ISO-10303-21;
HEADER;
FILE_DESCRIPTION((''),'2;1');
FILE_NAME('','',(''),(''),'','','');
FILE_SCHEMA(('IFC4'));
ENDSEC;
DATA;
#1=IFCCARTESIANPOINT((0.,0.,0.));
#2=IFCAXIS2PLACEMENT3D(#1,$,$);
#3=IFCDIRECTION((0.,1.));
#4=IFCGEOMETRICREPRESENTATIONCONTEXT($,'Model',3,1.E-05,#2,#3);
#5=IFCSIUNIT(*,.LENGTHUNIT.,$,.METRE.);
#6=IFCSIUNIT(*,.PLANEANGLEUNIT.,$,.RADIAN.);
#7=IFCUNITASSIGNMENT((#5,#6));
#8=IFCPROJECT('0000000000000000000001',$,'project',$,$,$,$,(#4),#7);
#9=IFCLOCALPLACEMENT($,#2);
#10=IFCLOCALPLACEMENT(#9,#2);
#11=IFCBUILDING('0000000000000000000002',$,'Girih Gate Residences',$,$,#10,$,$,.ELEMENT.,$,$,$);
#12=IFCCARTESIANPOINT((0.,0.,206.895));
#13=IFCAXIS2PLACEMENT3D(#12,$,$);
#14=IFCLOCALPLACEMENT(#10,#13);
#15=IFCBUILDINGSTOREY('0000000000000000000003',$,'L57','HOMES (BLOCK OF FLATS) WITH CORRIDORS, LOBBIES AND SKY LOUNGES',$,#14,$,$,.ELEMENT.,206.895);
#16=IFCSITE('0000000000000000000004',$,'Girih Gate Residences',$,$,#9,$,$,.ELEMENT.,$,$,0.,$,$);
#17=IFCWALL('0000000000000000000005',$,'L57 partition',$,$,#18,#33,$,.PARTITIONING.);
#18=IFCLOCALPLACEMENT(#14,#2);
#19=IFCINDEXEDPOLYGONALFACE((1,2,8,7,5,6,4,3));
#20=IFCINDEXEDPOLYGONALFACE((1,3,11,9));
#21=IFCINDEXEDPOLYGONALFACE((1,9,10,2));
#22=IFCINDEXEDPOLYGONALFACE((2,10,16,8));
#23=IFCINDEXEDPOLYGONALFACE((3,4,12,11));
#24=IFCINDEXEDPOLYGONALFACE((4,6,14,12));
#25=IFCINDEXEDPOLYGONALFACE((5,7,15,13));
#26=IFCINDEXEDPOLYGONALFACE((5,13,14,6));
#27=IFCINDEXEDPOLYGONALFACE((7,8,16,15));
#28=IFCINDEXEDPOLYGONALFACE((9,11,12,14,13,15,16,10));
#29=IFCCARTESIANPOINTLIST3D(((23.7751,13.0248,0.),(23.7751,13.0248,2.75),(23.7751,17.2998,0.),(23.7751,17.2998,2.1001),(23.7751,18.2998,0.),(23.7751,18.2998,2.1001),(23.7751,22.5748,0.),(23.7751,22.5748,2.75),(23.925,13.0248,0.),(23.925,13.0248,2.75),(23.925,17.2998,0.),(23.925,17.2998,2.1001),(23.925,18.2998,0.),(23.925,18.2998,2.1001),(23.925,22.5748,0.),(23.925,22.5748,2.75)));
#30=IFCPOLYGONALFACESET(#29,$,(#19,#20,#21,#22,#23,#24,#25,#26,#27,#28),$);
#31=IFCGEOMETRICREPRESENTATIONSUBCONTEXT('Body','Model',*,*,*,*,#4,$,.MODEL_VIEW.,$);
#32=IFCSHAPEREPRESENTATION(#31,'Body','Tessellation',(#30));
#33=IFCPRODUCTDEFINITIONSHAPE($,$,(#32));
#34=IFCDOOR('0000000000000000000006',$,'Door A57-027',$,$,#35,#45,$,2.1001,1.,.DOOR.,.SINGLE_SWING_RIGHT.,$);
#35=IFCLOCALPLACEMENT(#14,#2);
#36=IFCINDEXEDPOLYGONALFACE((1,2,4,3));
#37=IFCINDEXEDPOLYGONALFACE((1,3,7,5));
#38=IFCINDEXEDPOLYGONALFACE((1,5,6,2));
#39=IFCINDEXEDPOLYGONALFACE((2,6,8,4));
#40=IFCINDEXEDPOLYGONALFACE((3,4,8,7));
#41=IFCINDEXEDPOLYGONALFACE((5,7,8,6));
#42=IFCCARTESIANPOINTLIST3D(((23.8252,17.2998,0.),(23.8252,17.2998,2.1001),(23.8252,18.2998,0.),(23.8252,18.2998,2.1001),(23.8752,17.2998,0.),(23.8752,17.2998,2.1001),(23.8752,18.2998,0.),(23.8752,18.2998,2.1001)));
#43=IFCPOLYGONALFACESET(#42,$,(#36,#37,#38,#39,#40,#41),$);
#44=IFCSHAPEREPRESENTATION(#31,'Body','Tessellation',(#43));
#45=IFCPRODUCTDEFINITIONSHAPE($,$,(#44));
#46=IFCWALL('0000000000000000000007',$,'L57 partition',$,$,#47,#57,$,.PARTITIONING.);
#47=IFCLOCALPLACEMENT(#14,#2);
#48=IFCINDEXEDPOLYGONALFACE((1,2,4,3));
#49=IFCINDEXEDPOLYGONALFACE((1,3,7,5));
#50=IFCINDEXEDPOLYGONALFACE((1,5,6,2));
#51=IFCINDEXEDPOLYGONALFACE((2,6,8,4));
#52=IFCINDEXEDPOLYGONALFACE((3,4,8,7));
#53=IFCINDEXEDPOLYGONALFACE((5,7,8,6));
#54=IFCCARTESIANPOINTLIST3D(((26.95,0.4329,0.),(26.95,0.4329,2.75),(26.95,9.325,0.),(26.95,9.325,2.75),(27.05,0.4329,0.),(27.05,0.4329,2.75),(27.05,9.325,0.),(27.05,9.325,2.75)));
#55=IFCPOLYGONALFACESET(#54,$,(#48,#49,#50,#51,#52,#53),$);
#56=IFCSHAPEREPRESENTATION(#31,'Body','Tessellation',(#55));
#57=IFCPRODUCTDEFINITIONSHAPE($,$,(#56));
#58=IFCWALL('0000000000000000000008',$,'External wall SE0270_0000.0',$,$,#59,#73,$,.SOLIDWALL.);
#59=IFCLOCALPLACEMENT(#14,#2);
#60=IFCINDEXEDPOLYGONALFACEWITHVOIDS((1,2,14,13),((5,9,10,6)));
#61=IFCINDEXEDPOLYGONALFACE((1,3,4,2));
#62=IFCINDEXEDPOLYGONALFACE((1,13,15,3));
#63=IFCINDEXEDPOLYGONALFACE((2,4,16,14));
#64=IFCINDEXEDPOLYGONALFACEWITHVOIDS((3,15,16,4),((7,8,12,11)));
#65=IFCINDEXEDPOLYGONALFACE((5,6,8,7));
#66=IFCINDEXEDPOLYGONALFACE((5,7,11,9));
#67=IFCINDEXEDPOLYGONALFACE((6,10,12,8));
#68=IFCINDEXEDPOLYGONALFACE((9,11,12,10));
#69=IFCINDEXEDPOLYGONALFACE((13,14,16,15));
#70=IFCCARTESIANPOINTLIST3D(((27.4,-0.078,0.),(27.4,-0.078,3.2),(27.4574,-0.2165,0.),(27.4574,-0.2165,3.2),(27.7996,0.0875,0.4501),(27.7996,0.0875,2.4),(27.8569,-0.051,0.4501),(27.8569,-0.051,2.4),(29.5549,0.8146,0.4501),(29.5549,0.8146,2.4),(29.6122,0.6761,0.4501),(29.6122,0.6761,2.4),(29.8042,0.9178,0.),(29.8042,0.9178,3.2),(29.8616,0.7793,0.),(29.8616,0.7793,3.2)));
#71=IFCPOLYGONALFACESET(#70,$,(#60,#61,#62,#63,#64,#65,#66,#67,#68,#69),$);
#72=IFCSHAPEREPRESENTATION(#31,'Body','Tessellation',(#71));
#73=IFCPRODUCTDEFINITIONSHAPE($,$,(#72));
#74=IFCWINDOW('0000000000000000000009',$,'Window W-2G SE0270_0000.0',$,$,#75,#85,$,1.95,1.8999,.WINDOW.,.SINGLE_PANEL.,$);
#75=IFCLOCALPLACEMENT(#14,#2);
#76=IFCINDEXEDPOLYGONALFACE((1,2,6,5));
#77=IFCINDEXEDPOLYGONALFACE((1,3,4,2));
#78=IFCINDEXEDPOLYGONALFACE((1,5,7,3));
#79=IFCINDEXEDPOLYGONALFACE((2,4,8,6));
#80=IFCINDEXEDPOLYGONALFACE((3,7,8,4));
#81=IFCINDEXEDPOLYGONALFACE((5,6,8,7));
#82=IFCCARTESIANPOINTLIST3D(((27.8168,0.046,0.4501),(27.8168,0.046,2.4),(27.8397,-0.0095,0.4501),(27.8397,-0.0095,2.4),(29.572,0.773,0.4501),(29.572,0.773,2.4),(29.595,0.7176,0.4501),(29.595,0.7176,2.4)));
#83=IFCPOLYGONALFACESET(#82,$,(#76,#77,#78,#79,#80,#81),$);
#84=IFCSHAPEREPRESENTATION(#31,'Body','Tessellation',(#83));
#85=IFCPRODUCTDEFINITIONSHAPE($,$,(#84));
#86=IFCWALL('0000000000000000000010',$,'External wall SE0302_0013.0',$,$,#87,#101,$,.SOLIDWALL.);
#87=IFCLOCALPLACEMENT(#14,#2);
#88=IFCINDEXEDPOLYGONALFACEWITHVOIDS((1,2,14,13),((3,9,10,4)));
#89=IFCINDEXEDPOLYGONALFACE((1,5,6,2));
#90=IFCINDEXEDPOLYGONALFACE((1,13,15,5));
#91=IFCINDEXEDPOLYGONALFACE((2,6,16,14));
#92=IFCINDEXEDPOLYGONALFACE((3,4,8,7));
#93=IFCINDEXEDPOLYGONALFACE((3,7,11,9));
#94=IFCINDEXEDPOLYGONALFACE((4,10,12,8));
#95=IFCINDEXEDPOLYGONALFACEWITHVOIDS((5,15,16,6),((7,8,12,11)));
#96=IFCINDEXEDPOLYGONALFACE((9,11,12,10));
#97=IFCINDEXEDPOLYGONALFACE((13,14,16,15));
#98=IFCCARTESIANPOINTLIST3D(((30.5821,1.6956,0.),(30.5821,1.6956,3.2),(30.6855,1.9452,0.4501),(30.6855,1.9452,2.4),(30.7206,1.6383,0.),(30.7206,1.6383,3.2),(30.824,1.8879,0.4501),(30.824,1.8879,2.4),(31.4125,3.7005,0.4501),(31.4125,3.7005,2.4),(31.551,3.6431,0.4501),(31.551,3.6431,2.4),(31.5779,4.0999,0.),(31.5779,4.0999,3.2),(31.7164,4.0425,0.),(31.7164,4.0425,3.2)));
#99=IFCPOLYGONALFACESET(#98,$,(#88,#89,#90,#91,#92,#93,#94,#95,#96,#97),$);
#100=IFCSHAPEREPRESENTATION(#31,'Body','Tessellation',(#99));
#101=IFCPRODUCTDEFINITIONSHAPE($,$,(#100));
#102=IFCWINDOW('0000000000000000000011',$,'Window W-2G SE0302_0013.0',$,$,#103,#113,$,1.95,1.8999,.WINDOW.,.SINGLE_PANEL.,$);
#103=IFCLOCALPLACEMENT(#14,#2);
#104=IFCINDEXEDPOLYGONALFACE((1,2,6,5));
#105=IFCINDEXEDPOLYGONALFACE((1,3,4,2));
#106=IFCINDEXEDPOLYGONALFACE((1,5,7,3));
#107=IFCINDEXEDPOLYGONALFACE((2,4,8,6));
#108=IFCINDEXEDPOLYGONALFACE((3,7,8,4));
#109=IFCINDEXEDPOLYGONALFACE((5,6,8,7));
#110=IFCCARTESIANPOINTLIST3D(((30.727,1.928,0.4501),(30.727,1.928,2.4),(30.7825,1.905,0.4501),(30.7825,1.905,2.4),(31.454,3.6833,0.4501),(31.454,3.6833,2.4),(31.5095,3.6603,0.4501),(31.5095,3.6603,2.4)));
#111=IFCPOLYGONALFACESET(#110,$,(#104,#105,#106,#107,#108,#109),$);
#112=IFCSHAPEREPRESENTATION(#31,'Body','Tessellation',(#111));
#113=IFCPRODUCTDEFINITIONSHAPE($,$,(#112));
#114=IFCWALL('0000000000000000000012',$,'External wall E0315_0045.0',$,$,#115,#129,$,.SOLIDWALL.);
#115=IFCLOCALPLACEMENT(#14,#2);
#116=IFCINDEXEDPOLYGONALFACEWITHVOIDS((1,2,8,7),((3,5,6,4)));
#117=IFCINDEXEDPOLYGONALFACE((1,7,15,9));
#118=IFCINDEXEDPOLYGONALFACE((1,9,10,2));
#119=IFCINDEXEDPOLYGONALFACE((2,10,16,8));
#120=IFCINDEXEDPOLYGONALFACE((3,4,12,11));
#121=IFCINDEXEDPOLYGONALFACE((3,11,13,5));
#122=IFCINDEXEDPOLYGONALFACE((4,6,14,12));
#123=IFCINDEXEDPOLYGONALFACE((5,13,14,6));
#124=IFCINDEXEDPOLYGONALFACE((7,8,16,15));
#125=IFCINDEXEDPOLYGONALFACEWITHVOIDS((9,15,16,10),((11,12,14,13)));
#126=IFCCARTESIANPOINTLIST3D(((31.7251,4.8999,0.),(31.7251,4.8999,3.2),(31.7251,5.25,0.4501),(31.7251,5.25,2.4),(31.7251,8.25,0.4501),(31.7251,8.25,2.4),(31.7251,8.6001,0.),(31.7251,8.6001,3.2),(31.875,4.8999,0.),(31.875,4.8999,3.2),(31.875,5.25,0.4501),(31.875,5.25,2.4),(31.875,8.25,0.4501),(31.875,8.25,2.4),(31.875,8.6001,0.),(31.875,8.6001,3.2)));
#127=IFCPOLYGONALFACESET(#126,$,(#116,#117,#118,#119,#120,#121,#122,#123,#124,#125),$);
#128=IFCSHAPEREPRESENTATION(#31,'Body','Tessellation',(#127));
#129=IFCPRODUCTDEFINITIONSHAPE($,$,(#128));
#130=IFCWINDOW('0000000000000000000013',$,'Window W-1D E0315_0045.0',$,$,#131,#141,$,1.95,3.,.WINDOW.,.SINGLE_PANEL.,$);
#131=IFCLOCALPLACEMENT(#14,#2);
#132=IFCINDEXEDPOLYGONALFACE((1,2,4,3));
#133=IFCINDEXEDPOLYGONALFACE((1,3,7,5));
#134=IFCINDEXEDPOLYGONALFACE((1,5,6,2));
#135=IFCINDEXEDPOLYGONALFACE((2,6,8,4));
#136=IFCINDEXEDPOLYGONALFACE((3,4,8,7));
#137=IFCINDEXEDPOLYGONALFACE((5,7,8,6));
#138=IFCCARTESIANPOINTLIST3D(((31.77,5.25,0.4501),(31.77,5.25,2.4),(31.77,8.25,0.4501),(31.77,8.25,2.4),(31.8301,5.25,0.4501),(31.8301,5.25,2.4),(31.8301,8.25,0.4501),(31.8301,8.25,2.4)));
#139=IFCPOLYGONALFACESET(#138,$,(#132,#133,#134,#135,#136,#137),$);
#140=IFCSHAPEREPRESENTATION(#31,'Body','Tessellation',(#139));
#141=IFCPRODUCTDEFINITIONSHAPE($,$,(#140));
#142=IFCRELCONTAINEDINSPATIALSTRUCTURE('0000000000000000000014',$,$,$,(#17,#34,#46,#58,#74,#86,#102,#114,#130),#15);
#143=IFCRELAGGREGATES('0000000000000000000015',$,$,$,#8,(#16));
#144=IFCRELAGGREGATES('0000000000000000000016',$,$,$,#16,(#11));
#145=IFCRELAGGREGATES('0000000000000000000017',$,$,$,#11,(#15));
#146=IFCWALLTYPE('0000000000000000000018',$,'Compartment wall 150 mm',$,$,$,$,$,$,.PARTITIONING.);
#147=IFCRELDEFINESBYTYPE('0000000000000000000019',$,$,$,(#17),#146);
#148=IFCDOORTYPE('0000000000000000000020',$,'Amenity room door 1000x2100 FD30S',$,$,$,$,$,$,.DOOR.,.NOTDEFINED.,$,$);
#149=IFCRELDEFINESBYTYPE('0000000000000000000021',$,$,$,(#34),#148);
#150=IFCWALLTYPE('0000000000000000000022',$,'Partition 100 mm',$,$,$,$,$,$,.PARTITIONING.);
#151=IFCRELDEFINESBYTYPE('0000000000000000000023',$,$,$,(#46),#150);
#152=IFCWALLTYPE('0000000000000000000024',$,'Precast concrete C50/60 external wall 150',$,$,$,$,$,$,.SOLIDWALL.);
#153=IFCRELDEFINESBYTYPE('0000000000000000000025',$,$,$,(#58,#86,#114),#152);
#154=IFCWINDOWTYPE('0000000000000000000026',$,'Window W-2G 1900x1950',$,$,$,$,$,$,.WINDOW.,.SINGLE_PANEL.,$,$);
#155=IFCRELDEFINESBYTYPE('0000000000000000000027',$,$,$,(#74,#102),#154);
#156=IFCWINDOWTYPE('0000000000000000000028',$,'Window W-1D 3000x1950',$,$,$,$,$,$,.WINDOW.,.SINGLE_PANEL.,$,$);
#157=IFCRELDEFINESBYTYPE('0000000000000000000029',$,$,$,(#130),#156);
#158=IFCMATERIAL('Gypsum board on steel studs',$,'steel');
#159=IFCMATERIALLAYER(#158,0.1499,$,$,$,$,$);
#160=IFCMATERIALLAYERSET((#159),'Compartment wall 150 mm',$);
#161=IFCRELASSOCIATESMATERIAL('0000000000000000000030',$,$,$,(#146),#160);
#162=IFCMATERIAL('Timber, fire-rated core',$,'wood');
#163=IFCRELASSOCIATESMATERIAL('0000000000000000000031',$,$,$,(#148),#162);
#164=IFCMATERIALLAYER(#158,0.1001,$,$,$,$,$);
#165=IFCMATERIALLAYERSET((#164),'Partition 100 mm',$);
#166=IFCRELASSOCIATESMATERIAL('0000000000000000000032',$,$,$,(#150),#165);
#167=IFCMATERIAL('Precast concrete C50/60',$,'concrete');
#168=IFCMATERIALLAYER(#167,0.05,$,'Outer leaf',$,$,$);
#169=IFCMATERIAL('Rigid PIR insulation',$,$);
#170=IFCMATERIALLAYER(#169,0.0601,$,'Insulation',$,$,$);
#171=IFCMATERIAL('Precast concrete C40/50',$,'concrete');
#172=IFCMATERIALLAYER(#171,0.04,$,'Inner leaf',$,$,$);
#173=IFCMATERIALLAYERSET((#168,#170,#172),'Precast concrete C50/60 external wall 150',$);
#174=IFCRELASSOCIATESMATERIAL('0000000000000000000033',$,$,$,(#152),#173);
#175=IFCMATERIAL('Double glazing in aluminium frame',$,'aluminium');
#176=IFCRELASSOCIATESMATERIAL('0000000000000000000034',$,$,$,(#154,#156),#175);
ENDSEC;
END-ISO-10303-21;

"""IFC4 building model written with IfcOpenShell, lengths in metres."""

from ifc_helpers import new_model, si_unit, direction, frame, frame_2d, origin, place, context, subcontext, project, spatial, rectangle, extrude, material, layer, layer_set, type_object, element, fill, save


model = new_model("IFC4")

# Units and contexts
model_context = context("Model", 3, precision=1e-05, world=origin(), true_north=direction((0.0, 1.0)))
body_context = subcontext(model_context, "Body", "Model", "MODEL_VIEW")
ifc_project = project(units=[si_unit("LENGTHUNIT", "METRE"), si_unit("PLANEANGLEUNIT", "RADIAN")], contexts=[model_context])

# Site, building, storey
site_placement = place(None, origin())
site = spatial("IfcSite", under=ifc_project, at=site_placement, Name="Girih Gate Residences", CompositionType="ELEMENT", RefElevation=0.0)
building_placement = place(site_placement, origin())
building = spatial("IfcBuilding", under=site, at=building_placement, Name="Girih Gate Residences", CompositionType="ELEMENT")
storey_placement = place(building_placement, frame((0.0, 0.0, 206.895)))
storey = spatial("IfcBuildingStorey", under=building, at=storey_placement, Name="L57", Description="HOMES (BLOCK OF FLATS) WITH CORRIDORS, LOBBIES AND SKY LOUNGES", CompositionType="ELEMENT", Elevation=206.895)

# Wall, opening, door
ifc_material_1 = material(Name="Gypsum board on steel studs", Category="steel")
ifc_layer_1 = layer(ifc_material_1, 0.1499)
ifc_layer_set_1 = layer_set([ifc_layer_1], Name="Compartment wall 150 mm")
wall_type_1 = type_object("IfcWallType", Name="Compartment wall 150 mm", PredefinedType="PARTITIONING", material=ifc_layer_set_1)
ifc_material_2 = material(Name="Timber, fire-rated core", Category="wood")
door_type = type_object("IfcDoorType", Name="Amenity room door 1000x2100 FD30S", OperationType="NOTDEFINED", PredefinedType="DOOR", material=ifc_material_2)
wall_1_placement = place(storey_placement, frame((23.8501, 13.0249, 0.0), z_axis=(0.0, 0.0, 1.0), x_axis=(0.0, 1.0, 0.0)))
wall_1 = element("IfcWall", 1, at=wall_1_placement, inside=storey, type_object=wall_type_1, Name="L57 partition", PredefinedType="PARTITIONING", context=body_context, shape_type="SweptSolid", body=[
    extrude(rectangle(XDim=9.55, YDim=0.1499, at=frame_2d((4.7749, 0.0))), origin(), (0.0, 0.0, 1.0), 2.75),
])
opening_1_placement = place(wall_1_placement, frame((4.2749, 0.0, 0.0)))
opening_1 = element("IfcOpeningElement", 2, at=opening_1_placement, cuts=wall_1, PredefinedType="OPENING", context=body_context, shape_type="SweptSolid", body=[
    extrude(rectangle(XDim=1.0, YDim=2.1001, at=frame_2d((0.5, 1.05))), frame((0.0, 0.085, 0.0), z_axis=(0.0, -1.0, 0.0), x_axis=(1.0, 0.0, 0.0)), (0.0, 0.0, 1.0), 0.1699),
])
door_1_placement = place(opening_1_placement, origin())
door_1 = element("IfcDoor", 3, at=door_1_placement, inside=storey, type_object=door_type, Name="Door A57-027", OperationType="SINGLE_SWING_RIGHT", OverallHeight=2.1001, OverallWidth=1.0, PredefinedType="DOOR", context=body_context, shape_type="SweptSolid", body=[
    extrude(rectangle(XDim=1.0, YDim=2.1001, at=frame_2d((0.5, 1.05))), frame((0.0, 0.0249, 0.0), z_axis=(0.0, -1.0, 0.0), x_axis=(1.0, 0.0, 0.0)), (0.0, 0.0, 1.0), 0.05),
])
fill(opening_1, door_1)

# Wall
ifc_layer_2 = layer(ifc_material_1, 0.1001)
ifc_layer_set_2 = layer_set([ifc_layer_2], Name="Partition 100 mm")
wall_type_2 = type_object("IfcWallType", Name="Partition 100 mm", PredefinedType="PARTITIONING", material=ifc_layer_set_2)
wall_2_placement = place(storey_placement, frame((27.0, 0.4329, 0.0), z_axis=(0.0, 0.0, 1.0), x_axis=(0.0, 1.0, 0.0)))
element("IfcWall", 4, at=wall_2_placement, inside=storey, type_object=wall_type_2, Name="L57 partition", PredefinedType="PARTITIONING", context=body_context, shape_type="SweptSolid", body=[
    extrude(rectangle(XDim=8.8921, YDim=0.1001, at=frame_2d((4.446, 0.0))), origin(), (0.0, 0.0, 1.0), 2.75),
])

# Walls, openings, windows
ifc_material_3 = material(Name="Precast concrete C50/60", Category="concrete")
ifc_layer_3 = layer(ifc_material_3, 0.05, Name="Outer leaf")
ifc_material_4 = material(Name="Rigid PIR insulation")
ifc_layer_4 = layer(ifc_material_4, 0.0601, Name="Insulation")
ifc_material_5 = material(Name="Precast concrete C40/50", Category="concrete")
ifc_layer_5 = layer(ifc_material_5, 0.04, Name="Inner leaf")
ifc_layer_set_3 = layer_set([ifc_layer_3, ifc_layer_4, ifc_layer_5], Name="Precast concrete C50/60 external wall 150")
wall_type_3 = type_object("IfcWallType", Name="Precast concrete C50/60 external wall 150", PredefinedType="SOLIDWALL", material=ifc_layer_set_3)
wall_3_placement = place(storey_placement, frame((29.833, 0.8486, 0.0), z_axis=(0.0, 0.0, 1.0), x_axis=(-0.923885, -0.382669, 0.0)))
wall_3 = element("IfcWall", 5, at=wall_3_placement, inside=storey, type_object=wall_type_3, Name="External wall SE0270_0000.0", PredefinedType="SOLIDWALL", context=body_context, shape_type="SweptSolid", body=[
    extrude(rectangle(XDim=2.6023, YDim=0.1499, at=frame_2d((1.3013, 0.0))), origin(), (0.0, 0.0, 1.0), 3.2),
])
opening_2_placement = place(wall_3_placement, frame((0.27, 0.0, 0.45)))
opening_2 = element("IfcOpeningElement", 6, at=opening_2_placement, cuts=wall_3, PredefinedType="OPENING", context=body_context, shape_type="SweptSolid", body=[
    extrude(rectangle(XDim=1.8999, YDim=1.95, at=frame_2d((0.95, 0.9751))), frame((0.0, 0.085, 0.0), z_axis=(0.0, -1.0, 0.0), x_axis=(1.0, 0.0, 0.0)), (0.0, 0.0, 1.0), 0.1699),
])
ifc_material_6 = material(Name="Double glazing in aluminium frame", Category="aluminium")
window_type_1 = type_object("IfcWindowType", Name="Window W-2G 1900x1950", PartitioningType="SINGLE_PANEL", PredefinedType="WINDOW", material=ifc_material_6)
window_1_placement = place(opening_2_placement, origin())
window_1 = element("IfcWindow", 7, at=window_1_placement, inside=storey, type_object=window_type_1, Name="Window W-2G SE0270_0000.0", OverallHeight=1.95, OverallWidth=1.8999, PartitioningType="SINGLE_PANEL", PredefinedType="WINDOW", context=body_context, shape_type="SweptSolid", body=[
    extrude(rectangle(XDim=1.8999, YDim=1.95, at=frame_2d((0.95, 0.9751))), frame((0.0, 0.03, 0.0), z_axis=(0.0, -1.0, 0.0), x_axis=(1.0, 0.0, 0.0)), (0.0, 0.0, 1.0), 0.0601),
])
fill(opening_2, window_1)
wall_4_placement = place(storey_placement, frame((31.6472, 4.0713, 0.0), z_axis=(0.0, 0.0, 1.0), x_axis=(-0.382669, -0.923885, 0.0)))
wall_4 = element("IfcWall", 8, at=wall_4_placement, inside=storey, type_object=wall_type_3, Name="External wall SE0302_0013.0", PredefinedType="SOLIDWALL", context=body_context, shape_type="SweptSolid", body=[
    extrude(rectangle(XDim=2.6023, YDim=0.1499, at=frame_2d((1.3013, 0.0))), origin(), (0.0, 0.0, 1.0), 3.2),
])
opening_3_placement = place(wall_4_placement, frame((0.4324, 0.0, 0.45)))
opening_3 = element("IfcOpeningElement", 9, at=opening_3_placement, cuts=wall_4, PredefinedType="OPENING", context=body_context, shape_type="SweptSolid", body=[
    extrude(rectangle(XDim=1.8999, YDim=1.95, at=frame_2d((0.95, 0.9751))), frame((0.0, 0.085, 0.0), z_axis=(0.0, -1.0, 0.0), x_axis=(1.0, 0.0, 0.0)), (0.0, 0.0, 1.0), 0.1699),
])
window_2_placement = place(opening_3_placement, origin())
window_2 = element("IfcWindow", 10, at=window_2_placement, inside=storey, type_object=window_type_1, Name="Window W-2G SE0302_0013.0", OverallHeight=1.95, OverallWidth=1.8999, PartitioningType="SINGLE_PANEL", PredefinedType="WINDOW", context=body_context, shape_type="SweptSolid", body=[
    extrude(rectangle(XDim=1.8999, YDim=1.95, at=frame_2d((0.95, 0.9751))), frame((0.0, 0.03, 0.0), z_axis=(0.0, -1.0, 0.0), x_axis=(1.0, 0.0, 0.0)), (0.0, 0.0, 1.0), 0.0601),
])
fill(opening_3, window_2)
wall_5_placement = place(storey_placement, frame((31.8, 8.6001, 0.0), z_axis=(0.0, 0.0, 1.0), x_axis=(0.0, -1.0, 0.0)))
wall_5 = element("IfcWall", 11, at=wall_5_placement, inside=storey, type_object=wall_type_3, Name="External wall E0315_0045.0", PredefinedType="SOLIDWALL", context=body_context, shape_type="SweptSolid", body=[
    extrude(rectangle(XDim=3.7002, YDim=0.1499, at=frame_2d((1.8501, 0.0))), origin(), (0.0, 0.0, 1.0), 3.2),
])
opening_4_placement = place(wall_5_placement, frame((0.3501, 0.0, 0.45)))
opening_4 = element("IfcOpeningElement", 12, at=opening_4_placement, cuts=wall_5, PredefinedType="OPENING", context=body_context, shape_type="SweptSolid", body=[
    extrude(rectangle(XDim=3.0, YDim=1.95, at=frame_2d((1.5, 0.9751))), frame((0.0, 0.085, 0.0), z_axis=(0.0, -1.0, 0.0), x_axis=(1.0, 0.0, 0.0)), (0.0, 0.0, 1.0), 0.1699),
])
window_type_2 = type_object("IfcWindowType", Name="Window W-1D 3000x1950", PartitioningType="SINGLE_PANEL", PredefinedType="WINDOW", material=ifc_material_6)
window_3_placement = place(opening_4_placement, origin())
window_3 = element("IfcWindow", 13, at=window_3_placement, inside=storey, type_object=window_type_2, Name="Window W-1D E0315_0045.0", OverallHeight=1.95, OverallWidth=3.0, PartitioningType="SINGLE_PANEL", PredefinedType="WINDOW", context=body_context, shape_type="SweptSolid", body=[
    extrude(rectangle(XDim=3.0, YDim=1.95, at=frame_2d((1.5, 0.9751))), frame((0.0, 0.03, 0.0), z_axis=(0.0, -1.0, 0.0), x_axis=(1.0, 0.0, 0.0)), (0.0, 0.0, 1.0), 0.0601),
])
fill(opening_4, window_3)

save(model, "model.ifc")
